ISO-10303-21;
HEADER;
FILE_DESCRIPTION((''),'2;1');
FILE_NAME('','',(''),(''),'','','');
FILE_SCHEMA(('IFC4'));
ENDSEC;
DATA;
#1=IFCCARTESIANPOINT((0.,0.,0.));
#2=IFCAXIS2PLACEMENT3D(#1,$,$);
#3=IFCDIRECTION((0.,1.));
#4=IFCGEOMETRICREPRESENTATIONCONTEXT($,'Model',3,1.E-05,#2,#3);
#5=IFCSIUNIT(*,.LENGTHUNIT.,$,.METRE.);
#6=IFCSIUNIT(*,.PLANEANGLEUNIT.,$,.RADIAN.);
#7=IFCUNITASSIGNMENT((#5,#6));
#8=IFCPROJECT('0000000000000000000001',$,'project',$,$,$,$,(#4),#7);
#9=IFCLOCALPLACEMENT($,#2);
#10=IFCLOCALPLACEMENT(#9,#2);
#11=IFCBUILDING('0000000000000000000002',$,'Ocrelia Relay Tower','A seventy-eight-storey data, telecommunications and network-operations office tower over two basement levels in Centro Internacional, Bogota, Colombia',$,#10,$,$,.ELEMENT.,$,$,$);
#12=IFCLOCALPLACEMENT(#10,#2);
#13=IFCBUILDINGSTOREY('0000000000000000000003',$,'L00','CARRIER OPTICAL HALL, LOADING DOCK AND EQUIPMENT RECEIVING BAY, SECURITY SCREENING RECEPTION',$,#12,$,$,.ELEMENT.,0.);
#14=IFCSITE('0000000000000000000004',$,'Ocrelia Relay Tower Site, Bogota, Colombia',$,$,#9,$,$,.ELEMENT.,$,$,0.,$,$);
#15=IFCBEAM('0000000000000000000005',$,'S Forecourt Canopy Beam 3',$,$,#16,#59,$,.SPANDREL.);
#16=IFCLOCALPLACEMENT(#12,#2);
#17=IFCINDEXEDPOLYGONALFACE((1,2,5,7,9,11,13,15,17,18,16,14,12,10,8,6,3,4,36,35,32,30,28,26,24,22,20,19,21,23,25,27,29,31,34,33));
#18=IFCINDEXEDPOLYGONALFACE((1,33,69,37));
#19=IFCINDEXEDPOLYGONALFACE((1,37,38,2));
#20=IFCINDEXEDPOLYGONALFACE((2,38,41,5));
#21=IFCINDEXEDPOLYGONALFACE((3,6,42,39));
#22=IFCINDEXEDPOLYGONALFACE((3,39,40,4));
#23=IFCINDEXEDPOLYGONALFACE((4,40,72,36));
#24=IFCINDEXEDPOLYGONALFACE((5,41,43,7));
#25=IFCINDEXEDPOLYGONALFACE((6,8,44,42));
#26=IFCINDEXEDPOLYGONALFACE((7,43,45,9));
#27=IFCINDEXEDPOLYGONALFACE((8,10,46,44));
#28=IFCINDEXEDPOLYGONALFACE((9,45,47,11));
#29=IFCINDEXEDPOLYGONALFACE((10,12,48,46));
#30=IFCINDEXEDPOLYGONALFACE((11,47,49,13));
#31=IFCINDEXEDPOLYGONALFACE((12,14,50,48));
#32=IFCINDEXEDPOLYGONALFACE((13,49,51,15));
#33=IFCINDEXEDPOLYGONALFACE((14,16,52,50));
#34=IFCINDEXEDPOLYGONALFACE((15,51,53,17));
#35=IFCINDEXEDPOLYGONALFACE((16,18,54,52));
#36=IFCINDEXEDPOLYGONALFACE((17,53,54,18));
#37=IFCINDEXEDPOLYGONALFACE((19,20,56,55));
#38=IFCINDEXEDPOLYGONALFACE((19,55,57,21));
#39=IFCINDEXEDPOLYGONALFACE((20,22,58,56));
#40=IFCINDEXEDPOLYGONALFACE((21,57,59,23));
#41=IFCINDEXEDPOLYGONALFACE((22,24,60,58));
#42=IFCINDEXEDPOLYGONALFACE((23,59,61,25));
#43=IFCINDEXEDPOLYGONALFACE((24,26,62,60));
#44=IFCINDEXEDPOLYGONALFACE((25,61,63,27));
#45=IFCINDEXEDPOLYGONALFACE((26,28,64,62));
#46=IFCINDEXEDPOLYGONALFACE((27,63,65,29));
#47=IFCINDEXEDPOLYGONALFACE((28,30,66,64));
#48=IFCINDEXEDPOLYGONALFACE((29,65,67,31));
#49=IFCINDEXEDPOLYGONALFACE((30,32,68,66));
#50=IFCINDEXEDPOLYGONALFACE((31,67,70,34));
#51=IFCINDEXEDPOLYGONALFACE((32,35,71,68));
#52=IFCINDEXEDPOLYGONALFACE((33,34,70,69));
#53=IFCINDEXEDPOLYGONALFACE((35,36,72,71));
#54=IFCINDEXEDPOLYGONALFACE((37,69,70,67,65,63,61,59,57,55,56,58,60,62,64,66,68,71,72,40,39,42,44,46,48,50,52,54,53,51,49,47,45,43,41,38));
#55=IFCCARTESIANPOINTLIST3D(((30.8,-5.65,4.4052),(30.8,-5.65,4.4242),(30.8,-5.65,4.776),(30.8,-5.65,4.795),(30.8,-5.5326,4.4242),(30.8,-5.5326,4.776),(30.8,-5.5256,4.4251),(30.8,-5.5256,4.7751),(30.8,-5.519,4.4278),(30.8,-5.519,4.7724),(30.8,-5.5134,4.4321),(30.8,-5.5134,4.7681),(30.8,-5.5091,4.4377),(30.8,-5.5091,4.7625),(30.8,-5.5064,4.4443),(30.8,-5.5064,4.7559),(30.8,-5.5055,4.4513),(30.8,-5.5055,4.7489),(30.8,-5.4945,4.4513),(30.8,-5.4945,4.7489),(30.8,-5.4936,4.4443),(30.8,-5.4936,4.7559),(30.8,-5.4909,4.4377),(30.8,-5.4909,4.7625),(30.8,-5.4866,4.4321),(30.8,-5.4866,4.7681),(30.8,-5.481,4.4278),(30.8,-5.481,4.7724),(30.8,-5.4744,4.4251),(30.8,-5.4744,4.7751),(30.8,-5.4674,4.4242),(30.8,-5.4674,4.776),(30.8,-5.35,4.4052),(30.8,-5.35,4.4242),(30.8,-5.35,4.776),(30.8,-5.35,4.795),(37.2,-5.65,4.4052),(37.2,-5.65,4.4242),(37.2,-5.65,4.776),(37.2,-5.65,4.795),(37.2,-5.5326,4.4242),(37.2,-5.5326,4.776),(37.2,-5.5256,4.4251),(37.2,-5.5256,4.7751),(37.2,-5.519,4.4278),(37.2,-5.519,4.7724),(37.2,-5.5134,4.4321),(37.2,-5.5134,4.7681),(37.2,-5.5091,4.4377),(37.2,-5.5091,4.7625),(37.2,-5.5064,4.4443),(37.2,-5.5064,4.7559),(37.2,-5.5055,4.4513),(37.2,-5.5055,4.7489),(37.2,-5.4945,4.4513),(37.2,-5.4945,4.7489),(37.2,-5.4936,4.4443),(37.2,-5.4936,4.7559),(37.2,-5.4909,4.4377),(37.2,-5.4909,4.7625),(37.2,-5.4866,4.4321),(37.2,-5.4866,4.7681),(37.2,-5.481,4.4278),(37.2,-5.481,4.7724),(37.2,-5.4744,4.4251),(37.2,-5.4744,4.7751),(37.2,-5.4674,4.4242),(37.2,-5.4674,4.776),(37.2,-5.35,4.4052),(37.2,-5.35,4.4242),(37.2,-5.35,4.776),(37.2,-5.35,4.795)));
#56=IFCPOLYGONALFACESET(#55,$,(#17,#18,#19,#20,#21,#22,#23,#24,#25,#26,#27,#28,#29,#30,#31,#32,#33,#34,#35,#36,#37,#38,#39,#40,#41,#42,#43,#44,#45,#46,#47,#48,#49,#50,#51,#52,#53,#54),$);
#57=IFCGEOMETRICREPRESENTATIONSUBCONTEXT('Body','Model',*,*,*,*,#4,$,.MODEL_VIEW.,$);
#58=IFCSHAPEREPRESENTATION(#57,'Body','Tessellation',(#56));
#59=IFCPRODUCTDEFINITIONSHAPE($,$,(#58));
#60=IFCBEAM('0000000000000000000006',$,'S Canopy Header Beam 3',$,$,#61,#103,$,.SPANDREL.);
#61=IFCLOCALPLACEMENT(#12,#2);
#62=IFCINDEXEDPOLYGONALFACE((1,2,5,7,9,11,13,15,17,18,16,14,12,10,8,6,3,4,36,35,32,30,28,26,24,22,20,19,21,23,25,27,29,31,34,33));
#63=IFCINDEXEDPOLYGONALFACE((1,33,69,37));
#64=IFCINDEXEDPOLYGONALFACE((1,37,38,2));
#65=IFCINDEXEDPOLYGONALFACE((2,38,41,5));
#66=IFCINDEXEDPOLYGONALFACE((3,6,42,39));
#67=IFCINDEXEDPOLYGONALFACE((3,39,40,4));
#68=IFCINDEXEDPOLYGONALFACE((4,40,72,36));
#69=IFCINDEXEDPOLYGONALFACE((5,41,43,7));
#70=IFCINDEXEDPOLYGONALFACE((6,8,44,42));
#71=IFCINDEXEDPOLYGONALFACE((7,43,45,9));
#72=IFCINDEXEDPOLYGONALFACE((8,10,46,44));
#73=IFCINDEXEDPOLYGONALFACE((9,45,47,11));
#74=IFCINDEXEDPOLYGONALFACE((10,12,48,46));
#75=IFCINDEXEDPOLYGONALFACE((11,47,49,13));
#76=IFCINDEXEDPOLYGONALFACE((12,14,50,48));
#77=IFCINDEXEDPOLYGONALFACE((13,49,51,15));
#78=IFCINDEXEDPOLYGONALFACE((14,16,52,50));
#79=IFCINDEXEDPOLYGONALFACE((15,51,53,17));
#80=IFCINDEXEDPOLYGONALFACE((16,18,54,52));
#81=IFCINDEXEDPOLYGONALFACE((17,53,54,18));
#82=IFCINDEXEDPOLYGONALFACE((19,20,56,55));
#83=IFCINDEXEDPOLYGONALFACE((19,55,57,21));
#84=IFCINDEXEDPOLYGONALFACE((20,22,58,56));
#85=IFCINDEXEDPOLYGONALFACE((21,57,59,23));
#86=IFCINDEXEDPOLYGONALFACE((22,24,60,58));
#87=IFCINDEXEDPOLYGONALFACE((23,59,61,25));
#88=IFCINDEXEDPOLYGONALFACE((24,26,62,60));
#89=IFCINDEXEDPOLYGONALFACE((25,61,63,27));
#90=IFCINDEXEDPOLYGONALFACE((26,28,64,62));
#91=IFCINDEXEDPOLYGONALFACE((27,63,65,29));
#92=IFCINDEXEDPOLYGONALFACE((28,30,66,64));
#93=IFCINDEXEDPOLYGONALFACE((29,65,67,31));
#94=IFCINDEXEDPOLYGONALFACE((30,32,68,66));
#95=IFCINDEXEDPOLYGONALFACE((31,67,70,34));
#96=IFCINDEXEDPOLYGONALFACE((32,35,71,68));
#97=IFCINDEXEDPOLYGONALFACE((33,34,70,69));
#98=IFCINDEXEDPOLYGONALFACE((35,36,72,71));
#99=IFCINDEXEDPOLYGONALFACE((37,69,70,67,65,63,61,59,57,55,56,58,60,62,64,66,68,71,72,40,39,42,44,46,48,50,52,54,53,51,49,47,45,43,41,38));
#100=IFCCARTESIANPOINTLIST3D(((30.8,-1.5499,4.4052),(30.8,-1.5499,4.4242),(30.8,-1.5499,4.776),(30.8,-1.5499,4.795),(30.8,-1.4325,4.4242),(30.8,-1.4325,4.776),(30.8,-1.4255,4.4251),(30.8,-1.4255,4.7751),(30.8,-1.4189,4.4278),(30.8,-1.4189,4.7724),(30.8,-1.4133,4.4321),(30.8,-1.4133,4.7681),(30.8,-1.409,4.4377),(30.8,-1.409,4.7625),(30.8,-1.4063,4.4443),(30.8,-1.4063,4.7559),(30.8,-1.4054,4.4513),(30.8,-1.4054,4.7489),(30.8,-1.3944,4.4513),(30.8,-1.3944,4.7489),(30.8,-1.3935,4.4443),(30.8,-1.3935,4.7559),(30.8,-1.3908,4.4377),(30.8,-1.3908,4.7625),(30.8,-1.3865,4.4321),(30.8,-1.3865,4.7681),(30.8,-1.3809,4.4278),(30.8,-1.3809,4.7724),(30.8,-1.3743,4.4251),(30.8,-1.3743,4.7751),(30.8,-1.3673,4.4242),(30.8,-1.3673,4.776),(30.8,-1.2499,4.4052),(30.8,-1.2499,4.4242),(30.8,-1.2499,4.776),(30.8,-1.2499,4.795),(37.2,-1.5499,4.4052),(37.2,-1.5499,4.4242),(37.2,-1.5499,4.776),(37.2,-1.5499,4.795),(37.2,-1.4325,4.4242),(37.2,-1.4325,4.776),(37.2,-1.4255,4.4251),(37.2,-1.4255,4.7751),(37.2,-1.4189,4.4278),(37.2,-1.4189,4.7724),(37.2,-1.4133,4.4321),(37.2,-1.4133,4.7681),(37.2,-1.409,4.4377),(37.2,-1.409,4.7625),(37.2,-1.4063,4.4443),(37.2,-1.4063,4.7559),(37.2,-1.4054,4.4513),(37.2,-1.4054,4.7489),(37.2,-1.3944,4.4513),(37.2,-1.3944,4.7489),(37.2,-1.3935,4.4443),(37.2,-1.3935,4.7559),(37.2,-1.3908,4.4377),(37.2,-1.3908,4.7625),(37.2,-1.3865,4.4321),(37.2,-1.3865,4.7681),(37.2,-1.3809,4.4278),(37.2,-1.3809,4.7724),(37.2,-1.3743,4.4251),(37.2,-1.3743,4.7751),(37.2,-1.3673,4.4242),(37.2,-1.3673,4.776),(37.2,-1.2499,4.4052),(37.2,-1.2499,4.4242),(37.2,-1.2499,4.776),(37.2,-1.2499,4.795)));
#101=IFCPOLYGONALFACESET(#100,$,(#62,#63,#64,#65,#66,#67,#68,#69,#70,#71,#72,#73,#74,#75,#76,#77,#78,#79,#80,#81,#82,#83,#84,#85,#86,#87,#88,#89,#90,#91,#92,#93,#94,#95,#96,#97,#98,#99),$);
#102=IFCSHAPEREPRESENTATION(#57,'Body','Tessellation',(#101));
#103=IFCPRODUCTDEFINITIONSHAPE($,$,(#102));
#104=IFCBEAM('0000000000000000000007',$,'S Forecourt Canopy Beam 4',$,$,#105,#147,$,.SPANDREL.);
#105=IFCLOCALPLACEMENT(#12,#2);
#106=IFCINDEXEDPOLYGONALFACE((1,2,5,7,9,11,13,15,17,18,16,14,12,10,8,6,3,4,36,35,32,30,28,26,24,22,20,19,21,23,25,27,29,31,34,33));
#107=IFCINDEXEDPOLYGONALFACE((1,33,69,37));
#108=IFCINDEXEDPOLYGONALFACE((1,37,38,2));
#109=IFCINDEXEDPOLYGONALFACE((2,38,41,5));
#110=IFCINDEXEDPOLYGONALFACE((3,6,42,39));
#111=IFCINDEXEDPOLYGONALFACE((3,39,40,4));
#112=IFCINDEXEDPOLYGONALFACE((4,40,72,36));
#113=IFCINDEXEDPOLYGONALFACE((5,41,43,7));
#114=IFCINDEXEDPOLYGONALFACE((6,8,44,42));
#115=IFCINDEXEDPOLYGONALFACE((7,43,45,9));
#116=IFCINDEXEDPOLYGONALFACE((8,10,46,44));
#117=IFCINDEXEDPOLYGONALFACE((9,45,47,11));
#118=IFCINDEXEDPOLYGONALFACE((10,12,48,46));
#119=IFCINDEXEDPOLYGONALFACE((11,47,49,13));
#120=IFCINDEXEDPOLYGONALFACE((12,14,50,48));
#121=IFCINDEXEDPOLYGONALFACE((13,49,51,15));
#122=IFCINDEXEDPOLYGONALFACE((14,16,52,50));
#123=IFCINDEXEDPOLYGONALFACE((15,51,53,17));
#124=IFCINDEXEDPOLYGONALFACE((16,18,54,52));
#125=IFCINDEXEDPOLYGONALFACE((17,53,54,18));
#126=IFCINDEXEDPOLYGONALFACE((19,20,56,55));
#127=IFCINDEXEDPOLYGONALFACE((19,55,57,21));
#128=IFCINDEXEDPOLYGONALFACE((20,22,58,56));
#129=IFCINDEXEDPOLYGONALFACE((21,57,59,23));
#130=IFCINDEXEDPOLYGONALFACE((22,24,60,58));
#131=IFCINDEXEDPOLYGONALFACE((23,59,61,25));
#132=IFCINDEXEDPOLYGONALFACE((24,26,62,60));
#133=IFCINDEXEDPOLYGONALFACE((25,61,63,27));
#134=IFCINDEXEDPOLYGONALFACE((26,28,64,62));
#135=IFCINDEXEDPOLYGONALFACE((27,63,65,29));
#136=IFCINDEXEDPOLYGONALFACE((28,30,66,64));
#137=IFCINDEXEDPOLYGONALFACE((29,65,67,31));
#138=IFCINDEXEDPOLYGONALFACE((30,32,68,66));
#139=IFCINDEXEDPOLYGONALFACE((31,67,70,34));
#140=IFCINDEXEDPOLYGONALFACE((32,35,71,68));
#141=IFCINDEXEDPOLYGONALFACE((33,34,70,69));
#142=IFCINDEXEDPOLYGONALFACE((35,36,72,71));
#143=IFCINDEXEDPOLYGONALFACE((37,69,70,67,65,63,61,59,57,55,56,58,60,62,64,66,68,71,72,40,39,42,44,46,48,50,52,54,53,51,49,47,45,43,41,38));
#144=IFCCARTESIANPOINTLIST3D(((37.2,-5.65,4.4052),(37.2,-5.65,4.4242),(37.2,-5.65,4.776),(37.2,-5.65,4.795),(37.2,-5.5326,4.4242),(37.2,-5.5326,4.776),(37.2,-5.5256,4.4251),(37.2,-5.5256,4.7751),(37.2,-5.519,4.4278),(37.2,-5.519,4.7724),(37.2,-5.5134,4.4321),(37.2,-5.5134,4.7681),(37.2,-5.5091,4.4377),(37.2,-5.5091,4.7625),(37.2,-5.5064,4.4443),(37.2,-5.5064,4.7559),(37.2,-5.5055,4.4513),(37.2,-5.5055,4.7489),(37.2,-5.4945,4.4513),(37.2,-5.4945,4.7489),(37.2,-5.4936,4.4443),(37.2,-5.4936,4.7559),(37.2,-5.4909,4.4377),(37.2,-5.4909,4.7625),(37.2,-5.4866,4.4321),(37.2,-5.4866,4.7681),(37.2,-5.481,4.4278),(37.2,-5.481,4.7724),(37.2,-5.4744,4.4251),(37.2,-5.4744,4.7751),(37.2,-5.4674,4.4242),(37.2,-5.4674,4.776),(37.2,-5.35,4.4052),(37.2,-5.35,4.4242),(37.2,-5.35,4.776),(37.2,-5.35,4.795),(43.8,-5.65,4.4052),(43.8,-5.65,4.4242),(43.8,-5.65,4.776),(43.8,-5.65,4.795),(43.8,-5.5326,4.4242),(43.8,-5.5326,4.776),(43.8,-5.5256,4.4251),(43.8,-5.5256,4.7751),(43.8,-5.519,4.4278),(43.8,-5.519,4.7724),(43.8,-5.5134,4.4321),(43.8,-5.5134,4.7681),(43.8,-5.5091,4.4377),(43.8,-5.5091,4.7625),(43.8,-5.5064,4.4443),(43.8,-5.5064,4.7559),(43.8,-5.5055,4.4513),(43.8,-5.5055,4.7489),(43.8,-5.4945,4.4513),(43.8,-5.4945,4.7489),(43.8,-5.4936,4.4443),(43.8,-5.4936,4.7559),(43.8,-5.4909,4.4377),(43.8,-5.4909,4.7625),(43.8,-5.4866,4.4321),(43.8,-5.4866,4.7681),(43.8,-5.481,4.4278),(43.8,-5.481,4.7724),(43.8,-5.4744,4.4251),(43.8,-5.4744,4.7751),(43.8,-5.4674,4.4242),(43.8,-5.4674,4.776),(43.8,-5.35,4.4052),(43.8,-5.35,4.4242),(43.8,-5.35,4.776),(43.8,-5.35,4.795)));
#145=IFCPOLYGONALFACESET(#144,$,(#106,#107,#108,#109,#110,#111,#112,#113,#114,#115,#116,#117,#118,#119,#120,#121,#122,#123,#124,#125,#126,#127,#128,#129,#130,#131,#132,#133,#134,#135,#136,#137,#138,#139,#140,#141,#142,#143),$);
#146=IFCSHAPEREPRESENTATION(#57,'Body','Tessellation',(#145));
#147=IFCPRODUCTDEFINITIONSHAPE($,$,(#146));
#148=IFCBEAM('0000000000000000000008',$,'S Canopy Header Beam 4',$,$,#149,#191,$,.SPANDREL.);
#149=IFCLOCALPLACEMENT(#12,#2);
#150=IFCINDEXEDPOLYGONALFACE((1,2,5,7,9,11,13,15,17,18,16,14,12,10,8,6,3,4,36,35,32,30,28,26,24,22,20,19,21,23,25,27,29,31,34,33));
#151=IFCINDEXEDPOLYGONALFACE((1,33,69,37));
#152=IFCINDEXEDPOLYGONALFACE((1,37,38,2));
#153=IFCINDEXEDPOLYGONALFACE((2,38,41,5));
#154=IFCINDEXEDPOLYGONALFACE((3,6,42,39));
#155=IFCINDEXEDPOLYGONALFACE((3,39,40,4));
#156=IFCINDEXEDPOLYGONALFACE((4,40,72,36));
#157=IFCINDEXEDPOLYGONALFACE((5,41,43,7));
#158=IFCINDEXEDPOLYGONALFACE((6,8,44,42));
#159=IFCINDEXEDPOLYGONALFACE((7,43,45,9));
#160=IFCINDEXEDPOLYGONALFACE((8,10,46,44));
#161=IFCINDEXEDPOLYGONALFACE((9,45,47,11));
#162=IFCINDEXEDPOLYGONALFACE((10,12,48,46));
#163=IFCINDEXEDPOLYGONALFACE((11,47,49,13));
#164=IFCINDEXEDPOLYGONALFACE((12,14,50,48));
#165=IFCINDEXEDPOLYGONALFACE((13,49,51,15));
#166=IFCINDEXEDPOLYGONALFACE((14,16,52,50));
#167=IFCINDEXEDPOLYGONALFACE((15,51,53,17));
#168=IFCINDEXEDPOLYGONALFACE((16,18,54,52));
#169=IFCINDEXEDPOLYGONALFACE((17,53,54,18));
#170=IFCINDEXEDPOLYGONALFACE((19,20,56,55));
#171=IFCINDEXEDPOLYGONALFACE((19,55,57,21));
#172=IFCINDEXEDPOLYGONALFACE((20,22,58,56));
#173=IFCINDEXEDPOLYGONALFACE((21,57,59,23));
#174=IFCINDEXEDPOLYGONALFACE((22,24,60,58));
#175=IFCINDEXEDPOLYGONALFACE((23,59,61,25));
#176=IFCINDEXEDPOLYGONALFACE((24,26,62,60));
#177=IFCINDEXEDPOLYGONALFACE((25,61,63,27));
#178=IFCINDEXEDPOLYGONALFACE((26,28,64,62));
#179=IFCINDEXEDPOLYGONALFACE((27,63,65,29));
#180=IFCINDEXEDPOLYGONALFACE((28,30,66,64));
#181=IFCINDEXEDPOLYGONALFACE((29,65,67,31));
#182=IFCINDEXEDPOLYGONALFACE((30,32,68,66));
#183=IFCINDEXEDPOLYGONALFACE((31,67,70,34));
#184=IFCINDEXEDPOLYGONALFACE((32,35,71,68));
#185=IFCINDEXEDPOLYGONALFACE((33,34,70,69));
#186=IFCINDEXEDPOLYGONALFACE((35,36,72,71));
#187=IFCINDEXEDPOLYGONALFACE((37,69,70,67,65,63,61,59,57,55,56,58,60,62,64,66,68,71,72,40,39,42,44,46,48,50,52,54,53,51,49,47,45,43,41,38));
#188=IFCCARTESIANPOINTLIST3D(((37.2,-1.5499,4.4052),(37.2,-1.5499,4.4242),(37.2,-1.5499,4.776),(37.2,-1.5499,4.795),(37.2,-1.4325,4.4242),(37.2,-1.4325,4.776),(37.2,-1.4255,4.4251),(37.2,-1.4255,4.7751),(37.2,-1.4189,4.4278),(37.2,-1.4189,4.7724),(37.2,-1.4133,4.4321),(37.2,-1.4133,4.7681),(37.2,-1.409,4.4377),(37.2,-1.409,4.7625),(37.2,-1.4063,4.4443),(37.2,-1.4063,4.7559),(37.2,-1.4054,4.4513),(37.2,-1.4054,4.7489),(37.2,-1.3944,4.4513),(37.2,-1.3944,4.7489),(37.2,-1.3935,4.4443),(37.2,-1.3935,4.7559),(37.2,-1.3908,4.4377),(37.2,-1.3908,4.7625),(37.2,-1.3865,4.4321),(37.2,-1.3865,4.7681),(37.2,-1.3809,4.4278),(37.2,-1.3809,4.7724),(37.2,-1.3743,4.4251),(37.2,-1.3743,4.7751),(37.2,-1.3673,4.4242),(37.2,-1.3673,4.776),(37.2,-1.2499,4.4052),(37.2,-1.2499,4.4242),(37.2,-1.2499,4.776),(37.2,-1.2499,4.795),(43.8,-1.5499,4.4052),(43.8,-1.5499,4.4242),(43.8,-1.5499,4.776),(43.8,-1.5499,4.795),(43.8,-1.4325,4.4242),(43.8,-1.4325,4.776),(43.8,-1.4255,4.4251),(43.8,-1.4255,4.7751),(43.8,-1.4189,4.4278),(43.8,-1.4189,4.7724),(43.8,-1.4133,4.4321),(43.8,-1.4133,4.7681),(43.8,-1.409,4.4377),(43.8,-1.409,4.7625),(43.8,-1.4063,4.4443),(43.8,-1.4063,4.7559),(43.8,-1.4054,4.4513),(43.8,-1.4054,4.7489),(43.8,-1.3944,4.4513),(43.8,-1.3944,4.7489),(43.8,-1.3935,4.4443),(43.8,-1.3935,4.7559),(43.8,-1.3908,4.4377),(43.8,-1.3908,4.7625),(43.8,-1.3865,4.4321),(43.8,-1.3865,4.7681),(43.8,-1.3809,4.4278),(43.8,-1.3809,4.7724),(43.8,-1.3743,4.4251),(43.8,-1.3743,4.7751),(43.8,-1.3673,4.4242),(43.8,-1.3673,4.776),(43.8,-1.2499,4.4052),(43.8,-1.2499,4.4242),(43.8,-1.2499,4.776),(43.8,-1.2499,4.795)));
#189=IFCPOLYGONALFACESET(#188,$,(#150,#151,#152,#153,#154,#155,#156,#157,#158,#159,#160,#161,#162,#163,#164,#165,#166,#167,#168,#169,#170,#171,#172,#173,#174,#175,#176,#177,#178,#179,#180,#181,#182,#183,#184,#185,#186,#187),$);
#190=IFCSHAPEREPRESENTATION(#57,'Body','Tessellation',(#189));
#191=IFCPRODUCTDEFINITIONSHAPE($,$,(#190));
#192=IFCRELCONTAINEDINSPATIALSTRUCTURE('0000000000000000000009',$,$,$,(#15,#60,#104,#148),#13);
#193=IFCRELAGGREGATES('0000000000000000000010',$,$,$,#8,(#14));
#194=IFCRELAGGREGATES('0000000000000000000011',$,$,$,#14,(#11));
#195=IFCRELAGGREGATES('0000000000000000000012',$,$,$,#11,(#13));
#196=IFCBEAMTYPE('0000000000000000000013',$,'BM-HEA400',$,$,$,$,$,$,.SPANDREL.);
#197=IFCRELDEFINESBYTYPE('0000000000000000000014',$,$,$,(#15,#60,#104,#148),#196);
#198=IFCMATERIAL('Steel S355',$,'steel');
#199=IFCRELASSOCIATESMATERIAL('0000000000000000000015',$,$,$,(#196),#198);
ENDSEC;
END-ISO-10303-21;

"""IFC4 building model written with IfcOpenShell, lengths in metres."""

from ifc_helpers import new_model, si_unit, direction, frame, origin, origin_2d, place, context, subcontext, project, spatial, i_section, extrude, material, material_profile, profile_set, type_object, element, save


model = new_model("IFC4")

# Units and contexts
model_context = context("Model", 3, precision=1e-05, world=origin(), true_north=direction((0.0, 1.0)))
body_context = subcontext(model_context, "Body", "Model", "MODEL_VIEW")
ifc_project = project(units=[si_unit("LENGTHUNIT", "METRE"), si_unit("PLANEANGLEUNIT", "RADIAN")], contexts=[model_context])

# Site, building, storey
site_placement = place(None, origin())
site = spatial("IfcSite", under=ifc_project, at=site_placement, Name="Ocrelia Relay Tower Site, Bogota, Colombia", CompositionType="ELEMENT", RefElevation=0.0)
building_placement = place(site_placement, origin())
building = spatial("IfcBuilding", under=site, at=building_placement, Name="Ocrelia Relay Tower", Description="A seventy-eight-storey data, telecommunications and network-operations office tower over two basement levels in Centro Internacional, Bogota, Colombia", CompositionType="ELEMENT")
storey_placement = place(building_placement, origin())
storey = spatial("IfcBuildingStorey", under=building, at=storey_placement, Name="L00", Description="CARRIER OPTICAL HALL, LOADING DOCK AND EQUIPMENT RECEIVING BAY, SECURITY SCREENING RECEPTION", CompositionType="ELEMENT", Elevation=0.0)

# Beams
ifc_material_1 = material(Name="Steel S355", Category="steel")
ifc_material_profile_1 = material_profile(ifc_material_1, i_section(OverallWidth=0.3, OverallDepth=0.3899, WebThickness=0.011, FlangeThickness=0.019, FilletRadius=0.0271, at=origin_2d()), Name="HEA 400")
ifc_profile_set_1 = profile_set([ifc_material_profile_1], Name="Steel S355")
beam_type = type_object("IfcBeamType", Name="BM-HEA400", PredefinedType="SPANDREL", material=ifc_profile_set_1)
for number, where, z_axis, x_axis, name in (
    (1, (30.8, -5.5, 4.6001), (1.0, 0.0, 0.0), (0.0, 1.0, 0.0), "S Forecourt Canopy Beam 3"),
    (2, (30.8, -1.3999, 4.6001), (1.0, 0.0, 0.0), (0.0, 1.0, 0.0), "S Canopy Header Beam 3"),
):
    element("IfcBeam", number, at=place(storey_placement, frame(where, z_axis=z_axis, x_axis=x_axis)), inside=storey, type_object=beam_type, Name=name, PredefinedType="SPANDREL", context=body_context, shape_type="SweptSolid", body=[
        extrude(i_section(OverallWidth=0.3, OverallDepth=0.3899, WebThickness=0.011, FlangeThickness=0.019, FilletRadius=0.0271, at=origin_2d()), origin(), (0.0, 0.0, 1.0), 6.3999),
    ])
for number, where, z_axis, x_axis, name in (
    (3, (37.2, -5.5, 4.6001), (1.0, 0.0, 0.0), (0.0, 1.0, 0.0), "S Forecourt Canopy Beam 4"),
    (4, (37.2, -1.3999, 4.6001), (1.0, 0.0, 0.0), (0.0, 1.0, 0.0), "S Canopy Header Beam 4"),
):
    element("IfcBeam", number, at=place(storey_placement, frame(where, z_axis=z_axis, x_axis=x_axis)), inside=storey, type_object=beam_type, Name=name, PredefinedType="SPANDREL", context=body_context, shape_type="SweptSolid", body=[
        extrude(i_section(OverallWidth=0.3, OverallDepth=0.3899, WebThickness=0.011, FlangeThickness=0.019, FilletRadius=0.0271, at=origin_2d()), origin(), (0.0, 0.0, 1.0), 6.6001),
    ])

save(model, "model.ifc")
